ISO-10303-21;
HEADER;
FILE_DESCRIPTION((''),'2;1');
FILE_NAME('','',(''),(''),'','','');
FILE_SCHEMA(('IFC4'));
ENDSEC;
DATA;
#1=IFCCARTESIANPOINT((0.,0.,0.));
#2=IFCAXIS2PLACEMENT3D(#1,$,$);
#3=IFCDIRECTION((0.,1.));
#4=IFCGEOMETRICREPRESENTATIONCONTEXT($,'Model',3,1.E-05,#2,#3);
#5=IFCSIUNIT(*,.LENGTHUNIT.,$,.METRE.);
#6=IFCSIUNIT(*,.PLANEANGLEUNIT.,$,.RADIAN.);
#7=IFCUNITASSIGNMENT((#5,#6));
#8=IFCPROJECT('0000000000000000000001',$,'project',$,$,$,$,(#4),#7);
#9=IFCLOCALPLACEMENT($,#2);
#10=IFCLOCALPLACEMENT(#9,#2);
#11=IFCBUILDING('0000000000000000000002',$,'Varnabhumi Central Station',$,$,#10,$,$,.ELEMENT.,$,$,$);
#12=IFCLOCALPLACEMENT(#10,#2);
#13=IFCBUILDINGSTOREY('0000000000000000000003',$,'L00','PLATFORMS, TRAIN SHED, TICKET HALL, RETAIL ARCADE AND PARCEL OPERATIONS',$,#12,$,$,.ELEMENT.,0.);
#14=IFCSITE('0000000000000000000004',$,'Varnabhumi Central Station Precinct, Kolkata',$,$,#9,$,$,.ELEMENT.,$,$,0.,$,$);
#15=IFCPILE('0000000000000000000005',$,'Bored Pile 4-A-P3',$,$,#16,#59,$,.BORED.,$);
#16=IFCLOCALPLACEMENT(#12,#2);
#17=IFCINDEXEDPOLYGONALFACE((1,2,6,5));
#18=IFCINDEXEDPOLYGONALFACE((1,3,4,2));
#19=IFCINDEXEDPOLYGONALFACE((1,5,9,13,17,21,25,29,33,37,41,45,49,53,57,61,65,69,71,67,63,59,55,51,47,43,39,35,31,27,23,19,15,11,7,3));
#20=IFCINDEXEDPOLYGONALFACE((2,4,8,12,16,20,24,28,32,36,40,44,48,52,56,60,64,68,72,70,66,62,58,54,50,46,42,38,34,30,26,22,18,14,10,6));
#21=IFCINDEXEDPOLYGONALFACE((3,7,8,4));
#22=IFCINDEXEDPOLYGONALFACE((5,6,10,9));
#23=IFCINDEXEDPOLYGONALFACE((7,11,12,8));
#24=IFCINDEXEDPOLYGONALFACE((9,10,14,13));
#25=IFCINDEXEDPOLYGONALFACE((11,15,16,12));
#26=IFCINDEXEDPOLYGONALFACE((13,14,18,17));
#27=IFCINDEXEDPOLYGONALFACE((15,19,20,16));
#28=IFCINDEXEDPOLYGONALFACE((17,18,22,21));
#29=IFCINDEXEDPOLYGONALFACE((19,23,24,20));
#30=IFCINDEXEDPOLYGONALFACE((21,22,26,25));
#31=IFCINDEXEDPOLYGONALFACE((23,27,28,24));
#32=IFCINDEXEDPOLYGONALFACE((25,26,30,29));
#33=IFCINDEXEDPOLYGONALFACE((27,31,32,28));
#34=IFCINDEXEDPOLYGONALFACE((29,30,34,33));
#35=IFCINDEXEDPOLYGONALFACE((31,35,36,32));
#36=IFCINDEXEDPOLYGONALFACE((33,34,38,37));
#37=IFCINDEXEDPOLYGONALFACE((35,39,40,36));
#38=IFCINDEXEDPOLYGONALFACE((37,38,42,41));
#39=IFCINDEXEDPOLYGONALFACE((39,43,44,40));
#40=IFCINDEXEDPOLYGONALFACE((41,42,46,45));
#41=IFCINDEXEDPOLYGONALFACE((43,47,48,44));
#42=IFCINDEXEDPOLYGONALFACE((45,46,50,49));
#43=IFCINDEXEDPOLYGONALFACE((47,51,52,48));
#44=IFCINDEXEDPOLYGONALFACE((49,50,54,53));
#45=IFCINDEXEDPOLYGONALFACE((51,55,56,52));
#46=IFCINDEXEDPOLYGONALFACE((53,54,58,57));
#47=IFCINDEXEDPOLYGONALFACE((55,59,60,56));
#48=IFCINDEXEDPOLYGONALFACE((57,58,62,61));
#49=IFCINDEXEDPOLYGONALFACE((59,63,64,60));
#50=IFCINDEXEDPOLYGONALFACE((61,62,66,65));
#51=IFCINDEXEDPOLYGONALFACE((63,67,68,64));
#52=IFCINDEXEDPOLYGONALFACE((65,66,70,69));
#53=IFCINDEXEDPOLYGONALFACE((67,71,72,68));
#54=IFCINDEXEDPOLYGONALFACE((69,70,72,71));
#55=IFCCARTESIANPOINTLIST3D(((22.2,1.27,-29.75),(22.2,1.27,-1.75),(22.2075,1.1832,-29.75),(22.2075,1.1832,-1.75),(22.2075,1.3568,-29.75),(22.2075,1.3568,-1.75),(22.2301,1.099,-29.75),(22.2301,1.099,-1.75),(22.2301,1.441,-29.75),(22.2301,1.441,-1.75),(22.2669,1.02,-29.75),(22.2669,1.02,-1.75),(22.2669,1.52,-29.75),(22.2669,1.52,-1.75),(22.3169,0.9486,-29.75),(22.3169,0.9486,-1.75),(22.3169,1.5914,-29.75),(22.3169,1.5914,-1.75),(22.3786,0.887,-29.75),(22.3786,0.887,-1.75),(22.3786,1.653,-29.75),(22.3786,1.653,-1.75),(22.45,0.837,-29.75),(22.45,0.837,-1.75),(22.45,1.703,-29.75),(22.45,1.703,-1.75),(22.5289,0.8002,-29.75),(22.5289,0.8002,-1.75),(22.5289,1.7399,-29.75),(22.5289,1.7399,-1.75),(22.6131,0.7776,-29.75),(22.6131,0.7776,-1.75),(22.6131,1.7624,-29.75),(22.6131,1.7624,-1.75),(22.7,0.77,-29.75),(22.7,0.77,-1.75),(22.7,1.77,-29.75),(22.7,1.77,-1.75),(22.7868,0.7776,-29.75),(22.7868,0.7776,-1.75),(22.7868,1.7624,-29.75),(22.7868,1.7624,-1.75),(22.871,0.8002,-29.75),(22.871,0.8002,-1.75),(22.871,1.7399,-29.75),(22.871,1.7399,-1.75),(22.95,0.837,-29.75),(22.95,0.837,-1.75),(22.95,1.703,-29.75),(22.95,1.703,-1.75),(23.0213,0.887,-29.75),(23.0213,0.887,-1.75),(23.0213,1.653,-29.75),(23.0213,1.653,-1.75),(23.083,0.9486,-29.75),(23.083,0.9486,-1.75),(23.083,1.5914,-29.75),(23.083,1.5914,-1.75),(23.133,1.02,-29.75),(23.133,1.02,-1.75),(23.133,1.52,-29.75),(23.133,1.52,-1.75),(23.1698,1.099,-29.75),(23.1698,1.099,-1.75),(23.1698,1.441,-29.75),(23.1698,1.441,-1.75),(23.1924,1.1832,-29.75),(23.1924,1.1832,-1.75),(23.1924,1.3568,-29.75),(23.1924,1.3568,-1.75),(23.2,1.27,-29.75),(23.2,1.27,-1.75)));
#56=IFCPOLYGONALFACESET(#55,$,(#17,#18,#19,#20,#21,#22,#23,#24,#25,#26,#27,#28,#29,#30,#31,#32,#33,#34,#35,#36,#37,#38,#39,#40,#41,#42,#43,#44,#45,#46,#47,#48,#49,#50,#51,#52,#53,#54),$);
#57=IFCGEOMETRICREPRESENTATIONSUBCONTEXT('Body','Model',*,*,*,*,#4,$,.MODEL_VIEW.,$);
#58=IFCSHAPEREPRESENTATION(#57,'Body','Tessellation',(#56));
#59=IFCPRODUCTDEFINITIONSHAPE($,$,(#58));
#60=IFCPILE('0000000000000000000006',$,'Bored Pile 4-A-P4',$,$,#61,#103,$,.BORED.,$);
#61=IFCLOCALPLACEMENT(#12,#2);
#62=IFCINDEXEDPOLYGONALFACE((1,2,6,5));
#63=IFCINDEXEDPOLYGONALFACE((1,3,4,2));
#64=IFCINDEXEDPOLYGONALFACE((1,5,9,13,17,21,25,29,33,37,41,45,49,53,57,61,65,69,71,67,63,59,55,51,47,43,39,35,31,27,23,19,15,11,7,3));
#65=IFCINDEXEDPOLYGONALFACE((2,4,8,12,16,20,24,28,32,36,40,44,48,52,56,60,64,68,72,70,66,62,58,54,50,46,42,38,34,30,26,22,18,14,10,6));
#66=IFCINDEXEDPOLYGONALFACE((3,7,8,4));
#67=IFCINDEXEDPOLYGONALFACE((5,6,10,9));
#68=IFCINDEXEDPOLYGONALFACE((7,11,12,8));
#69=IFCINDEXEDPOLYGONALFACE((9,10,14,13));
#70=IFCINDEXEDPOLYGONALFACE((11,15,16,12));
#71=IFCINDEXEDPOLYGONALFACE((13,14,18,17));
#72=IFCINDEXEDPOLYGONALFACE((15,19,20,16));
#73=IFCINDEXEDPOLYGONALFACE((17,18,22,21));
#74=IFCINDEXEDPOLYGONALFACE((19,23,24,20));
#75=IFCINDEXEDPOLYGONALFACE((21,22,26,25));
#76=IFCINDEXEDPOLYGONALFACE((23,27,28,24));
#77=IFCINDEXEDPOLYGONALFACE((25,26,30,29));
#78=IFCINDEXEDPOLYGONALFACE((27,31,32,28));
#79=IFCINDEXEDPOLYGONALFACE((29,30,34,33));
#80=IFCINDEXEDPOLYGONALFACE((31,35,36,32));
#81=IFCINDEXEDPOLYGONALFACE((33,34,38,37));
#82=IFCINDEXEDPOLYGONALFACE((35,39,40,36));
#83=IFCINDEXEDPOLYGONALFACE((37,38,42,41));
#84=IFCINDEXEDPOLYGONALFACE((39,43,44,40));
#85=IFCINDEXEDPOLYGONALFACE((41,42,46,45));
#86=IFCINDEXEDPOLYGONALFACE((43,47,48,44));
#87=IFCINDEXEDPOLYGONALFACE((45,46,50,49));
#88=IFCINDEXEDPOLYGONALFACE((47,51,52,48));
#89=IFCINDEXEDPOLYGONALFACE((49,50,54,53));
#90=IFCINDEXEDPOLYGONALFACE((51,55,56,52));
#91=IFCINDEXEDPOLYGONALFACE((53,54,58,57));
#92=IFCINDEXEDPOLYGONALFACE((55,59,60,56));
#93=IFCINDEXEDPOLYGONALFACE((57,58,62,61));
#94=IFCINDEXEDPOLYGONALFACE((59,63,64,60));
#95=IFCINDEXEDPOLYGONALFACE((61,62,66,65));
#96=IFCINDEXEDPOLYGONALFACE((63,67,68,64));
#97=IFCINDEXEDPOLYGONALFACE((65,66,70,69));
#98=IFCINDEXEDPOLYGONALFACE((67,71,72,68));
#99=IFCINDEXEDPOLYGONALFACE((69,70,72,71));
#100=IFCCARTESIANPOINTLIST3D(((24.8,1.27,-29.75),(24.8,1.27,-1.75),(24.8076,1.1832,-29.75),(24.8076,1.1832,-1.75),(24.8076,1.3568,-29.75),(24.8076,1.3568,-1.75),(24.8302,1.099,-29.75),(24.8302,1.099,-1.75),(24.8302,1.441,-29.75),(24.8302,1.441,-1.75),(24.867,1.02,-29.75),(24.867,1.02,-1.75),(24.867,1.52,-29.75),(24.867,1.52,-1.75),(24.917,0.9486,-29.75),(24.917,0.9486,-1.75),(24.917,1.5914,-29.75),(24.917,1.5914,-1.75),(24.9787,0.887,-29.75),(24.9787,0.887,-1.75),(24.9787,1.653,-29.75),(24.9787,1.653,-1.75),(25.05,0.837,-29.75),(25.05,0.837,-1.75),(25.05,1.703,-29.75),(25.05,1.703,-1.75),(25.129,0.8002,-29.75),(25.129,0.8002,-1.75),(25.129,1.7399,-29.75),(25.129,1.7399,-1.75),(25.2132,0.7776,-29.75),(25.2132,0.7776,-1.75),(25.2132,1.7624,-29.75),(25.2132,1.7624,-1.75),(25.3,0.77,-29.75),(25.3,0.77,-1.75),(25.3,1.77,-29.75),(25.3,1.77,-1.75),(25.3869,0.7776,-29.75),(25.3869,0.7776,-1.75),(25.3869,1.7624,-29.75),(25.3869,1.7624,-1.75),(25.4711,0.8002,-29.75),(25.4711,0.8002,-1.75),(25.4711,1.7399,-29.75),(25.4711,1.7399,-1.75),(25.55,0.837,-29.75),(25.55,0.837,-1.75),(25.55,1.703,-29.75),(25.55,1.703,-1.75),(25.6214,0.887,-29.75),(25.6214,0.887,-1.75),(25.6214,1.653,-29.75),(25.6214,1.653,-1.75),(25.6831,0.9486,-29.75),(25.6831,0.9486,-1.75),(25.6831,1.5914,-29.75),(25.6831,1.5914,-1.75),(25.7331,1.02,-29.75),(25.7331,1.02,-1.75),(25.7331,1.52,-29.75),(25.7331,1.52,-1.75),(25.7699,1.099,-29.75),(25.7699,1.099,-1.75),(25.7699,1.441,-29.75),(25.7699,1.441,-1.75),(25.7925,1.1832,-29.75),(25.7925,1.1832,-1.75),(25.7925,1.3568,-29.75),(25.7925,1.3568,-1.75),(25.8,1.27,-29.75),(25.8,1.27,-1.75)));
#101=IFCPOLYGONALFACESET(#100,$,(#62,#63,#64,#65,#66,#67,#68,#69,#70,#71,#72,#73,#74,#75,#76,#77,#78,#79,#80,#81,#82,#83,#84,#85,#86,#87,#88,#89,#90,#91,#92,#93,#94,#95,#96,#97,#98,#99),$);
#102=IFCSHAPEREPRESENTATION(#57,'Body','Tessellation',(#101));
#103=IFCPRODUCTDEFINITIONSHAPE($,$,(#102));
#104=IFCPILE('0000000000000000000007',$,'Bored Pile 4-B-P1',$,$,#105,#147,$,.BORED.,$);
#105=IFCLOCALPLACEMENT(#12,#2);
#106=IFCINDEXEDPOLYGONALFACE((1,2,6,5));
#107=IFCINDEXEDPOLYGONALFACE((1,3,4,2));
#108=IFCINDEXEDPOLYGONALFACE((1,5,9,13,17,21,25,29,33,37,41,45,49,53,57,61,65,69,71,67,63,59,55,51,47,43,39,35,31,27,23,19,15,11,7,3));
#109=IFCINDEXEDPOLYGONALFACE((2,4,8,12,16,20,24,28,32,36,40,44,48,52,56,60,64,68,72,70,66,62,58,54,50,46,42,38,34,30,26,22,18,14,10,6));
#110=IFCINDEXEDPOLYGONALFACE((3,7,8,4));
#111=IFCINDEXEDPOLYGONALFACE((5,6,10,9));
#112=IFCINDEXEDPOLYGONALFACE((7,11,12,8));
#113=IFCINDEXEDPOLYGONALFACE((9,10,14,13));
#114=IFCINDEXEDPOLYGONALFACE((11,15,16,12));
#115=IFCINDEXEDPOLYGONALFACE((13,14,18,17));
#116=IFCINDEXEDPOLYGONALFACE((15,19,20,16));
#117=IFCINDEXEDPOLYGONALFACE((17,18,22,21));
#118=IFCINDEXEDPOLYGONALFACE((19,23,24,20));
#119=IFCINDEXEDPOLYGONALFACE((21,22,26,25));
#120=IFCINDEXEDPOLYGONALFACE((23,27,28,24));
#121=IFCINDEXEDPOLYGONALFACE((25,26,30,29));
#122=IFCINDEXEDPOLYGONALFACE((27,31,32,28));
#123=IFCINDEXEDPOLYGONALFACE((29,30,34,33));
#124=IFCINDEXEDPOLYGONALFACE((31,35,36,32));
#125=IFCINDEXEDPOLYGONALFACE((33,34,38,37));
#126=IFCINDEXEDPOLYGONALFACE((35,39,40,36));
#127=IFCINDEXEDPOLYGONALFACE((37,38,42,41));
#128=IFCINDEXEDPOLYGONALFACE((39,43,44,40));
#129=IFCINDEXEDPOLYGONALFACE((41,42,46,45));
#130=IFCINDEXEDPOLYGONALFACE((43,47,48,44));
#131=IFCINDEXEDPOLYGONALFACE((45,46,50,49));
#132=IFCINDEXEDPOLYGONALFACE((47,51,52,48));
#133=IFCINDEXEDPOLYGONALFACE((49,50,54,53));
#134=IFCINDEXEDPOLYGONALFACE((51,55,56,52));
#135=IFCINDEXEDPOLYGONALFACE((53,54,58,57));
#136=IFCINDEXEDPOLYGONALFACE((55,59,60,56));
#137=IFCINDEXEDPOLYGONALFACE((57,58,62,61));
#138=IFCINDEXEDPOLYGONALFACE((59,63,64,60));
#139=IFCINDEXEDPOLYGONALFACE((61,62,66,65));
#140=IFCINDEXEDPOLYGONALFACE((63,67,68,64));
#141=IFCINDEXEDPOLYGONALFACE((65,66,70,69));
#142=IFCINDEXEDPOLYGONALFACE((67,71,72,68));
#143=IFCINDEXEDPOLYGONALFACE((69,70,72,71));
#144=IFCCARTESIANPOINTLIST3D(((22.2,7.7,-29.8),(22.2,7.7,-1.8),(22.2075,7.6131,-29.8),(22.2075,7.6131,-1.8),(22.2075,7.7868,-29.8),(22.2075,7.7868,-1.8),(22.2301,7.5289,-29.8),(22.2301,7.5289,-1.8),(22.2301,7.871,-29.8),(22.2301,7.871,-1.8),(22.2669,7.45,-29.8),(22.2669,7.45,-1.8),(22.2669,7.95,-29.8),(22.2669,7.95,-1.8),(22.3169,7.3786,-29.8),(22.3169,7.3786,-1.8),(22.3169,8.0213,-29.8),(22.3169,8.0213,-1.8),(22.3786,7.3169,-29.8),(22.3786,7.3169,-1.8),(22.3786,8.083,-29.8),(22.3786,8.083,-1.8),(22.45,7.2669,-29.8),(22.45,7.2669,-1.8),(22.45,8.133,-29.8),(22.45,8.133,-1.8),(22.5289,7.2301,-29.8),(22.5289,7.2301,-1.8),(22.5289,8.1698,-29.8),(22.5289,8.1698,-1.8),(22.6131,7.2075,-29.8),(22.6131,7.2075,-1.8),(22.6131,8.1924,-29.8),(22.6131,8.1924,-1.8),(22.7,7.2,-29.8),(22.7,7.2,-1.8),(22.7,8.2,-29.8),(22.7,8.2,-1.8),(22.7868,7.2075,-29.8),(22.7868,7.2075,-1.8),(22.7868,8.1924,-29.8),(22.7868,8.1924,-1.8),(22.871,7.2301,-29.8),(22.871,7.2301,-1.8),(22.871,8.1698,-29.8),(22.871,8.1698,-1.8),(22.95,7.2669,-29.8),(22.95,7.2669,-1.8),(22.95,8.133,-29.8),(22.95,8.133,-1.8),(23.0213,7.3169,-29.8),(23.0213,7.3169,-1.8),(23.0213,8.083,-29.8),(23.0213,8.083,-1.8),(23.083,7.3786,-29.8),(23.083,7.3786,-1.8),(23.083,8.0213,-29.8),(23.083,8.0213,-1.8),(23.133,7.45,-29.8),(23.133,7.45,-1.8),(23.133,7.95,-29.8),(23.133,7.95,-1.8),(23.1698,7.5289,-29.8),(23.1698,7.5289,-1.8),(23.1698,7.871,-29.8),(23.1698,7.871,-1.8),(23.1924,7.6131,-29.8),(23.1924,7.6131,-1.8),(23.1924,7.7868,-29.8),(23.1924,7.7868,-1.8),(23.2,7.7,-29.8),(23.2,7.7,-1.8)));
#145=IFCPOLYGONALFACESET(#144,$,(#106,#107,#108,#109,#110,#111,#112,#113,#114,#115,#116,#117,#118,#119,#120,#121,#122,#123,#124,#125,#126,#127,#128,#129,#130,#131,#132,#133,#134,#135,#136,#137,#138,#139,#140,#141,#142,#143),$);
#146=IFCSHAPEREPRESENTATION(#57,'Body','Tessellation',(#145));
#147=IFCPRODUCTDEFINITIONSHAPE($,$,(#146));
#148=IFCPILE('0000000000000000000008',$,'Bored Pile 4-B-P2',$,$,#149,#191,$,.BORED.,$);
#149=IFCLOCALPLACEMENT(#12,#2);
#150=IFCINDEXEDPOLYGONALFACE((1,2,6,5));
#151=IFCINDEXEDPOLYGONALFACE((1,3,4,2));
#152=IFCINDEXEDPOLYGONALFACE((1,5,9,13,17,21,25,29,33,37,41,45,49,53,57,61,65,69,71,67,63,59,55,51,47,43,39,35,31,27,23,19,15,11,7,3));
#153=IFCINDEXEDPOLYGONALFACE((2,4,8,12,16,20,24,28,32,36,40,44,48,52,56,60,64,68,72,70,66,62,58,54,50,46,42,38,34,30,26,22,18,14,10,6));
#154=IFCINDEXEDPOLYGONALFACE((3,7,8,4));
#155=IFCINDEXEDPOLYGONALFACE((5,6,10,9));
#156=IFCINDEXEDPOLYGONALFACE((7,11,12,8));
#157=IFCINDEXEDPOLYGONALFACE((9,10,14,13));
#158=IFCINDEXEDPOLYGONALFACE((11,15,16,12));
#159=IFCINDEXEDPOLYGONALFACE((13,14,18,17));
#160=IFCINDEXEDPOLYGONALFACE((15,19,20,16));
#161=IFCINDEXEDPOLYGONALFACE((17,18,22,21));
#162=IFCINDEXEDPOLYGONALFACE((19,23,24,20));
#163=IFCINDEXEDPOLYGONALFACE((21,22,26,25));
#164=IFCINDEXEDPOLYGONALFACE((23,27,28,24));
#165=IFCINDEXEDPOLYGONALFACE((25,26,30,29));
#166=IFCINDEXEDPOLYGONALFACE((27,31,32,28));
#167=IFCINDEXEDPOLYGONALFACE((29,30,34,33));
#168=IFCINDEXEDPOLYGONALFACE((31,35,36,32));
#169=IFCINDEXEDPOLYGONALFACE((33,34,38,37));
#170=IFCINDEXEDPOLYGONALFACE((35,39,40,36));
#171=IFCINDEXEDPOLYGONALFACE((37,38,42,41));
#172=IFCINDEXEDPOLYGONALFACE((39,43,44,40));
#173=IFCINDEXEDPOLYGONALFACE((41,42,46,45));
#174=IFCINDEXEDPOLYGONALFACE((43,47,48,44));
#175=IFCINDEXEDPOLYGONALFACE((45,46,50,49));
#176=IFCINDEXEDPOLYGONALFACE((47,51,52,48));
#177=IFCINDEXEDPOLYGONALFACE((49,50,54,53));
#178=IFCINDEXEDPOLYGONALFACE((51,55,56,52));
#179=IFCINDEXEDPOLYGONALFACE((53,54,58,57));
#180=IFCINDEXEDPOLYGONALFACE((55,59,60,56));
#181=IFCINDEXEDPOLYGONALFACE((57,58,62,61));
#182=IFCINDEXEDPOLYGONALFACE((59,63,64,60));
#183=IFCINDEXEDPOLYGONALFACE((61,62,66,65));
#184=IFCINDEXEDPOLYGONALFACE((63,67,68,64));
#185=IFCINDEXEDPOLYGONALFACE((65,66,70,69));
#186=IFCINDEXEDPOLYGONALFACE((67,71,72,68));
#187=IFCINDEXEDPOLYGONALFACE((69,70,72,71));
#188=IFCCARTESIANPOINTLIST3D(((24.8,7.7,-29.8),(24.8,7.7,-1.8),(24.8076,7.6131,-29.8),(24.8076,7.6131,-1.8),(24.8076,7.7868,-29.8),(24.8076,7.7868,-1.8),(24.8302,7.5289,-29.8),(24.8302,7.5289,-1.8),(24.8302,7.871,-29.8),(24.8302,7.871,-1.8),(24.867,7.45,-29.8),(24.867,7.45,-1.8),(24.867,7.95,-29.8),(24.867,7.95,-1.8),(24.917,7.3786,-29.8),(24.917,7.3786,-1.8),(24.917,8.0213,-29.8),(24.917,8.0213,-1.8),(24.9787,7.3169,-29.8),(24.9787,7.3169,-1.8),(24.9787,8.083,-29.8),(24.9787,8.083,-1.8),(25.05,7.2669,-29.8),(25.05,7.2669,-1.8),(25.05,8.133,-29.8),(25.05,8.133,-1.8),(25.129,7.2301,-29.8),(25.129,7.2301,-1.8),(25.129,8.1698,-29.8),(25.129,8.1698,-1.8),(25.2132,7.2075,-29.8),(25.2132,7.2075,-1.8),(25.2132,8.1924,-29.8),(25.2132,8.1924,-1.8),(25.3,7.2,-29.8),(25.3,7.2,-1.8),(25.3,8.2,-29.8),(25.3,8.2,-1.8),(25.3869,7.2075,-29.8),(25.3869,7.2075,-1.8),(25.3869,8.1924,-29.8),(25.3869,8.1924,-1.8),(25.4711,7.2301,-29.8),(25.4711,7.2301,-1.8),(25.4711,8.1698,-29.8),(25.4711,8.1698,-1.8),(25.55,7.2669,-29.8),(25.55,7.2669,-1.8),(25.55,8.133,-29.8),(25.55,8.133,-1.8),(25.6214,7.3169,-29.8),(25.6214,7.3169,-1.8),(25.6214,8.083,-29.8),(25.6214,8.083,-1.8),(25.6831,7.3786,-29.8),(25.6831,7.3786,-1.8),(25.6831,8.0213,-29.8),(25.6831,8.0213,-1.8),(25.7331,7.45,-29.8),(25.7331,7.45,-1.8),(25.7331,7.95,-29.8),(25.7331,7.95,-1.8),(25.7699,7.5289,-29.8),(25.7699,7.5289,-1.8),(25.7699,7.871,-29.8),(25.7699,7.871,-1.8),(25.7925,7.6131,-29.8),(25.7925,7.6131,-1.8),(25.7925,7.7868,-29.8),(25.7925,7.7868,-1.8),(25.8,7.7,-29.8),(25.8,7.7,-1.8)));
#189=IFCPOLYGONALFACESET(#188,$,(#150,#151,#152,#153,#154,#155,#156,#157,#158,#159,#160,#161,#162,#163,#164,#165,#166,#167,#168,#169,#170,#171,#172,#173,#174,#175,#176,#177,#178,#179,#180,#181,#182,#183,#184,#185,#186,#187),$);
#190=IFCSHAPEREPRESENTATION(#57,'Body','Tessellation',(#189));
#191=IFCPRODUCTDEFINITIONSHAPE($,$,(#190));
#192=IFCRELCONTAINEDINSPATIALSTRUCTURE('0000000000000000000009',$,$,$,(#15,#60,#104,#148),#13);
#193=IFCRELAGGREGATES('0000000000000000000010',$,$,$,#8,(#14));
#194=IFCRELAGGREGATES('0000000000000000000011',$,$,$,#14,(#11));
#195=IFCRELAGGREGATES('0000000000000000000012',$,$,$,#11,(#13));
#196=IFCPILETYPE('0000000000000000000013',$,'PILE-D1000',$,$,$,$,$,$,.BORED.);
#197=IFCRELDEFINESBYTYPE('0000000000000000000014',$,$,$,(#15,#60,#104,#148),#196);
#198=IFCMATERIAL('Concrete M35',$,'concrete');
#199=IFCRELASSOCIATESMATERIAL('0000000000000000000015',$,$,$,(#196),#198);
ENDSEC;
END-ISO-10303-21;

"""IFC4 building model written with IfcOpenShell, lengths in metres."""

from ifc_helpers import new_model, si_unit, direction, frame, origin, origin_2d, place, context, subcontext, project, spatial, circle, extrude, material, material_profile, profile_set, type_object, element, save


model = new_model("IFC4")

# Units and contexts
model_context = context("Model", 3, precision=1e-05, world=origin(), true_north=direction((0.0, 1.0)))
body_context = subcontext(model_context, "Body", "Model", "MODEL_VIEW")
ifc_project = project(units=[si_unit("LENGTHUNIT", "METRE"), si_unit("PLANEANGLEUNIT", "RADIAN")], contexts=[model_context])

# Site, building, storey
site_placement = place(None, origin())
site = spatial("IfcSite", under=ifc_project, at=site_placement, Name="Varnabhumi Central Station Precinct, Kolkata", CompositionType="ELEMENT", RefElevation=0.0)
building_placement = place(site_placement, origin())
building = spatial("IfcBuilding", under=site, at=building_placement, Name="Varnabhumi Central Station", CompositionType="ELEMENT")
storey_placement = place(building_placement, origin())
storey = spatial("IfcBuildingStorey", under=building, at=storey_placement, Name="L00", Description="PLATFORMS, TRAIN SHED, TICKET HALL, RETAIL ARCADE AND PARCEL OPERATIONS", CompositionType="ELEMENT", Elevation=0.0)

# Piles
ifc_material_1 = material(Name="Concrete M35", Category="concrete")
ifc_material_profile_1 = material_profile(ifc_material_1, circle(Radius=0.5, at=origin_2d()), Name="Concrete M35", Category="concrete")
ifc_profile_set_1 = profile_set([ifc_material_profile_1], Name="Concrete M35")
pile_type = type_object("IfcPileType", Name="PILE-D1000", PredefinedType="BORED", material=ifc_profile_set_1)
for number, where, z_axis, x_axis, name in (
    (1, (22.7, 1.27, -1.75), (0.0, 0.0, -1.0), (1.0, 0.0, 0.0), "Bored Pile 4-A-P3"),
    (2, (25.3, 1.27, -1.75), (0.0, 0.0, -1.0), (1.0, 0.0, 0.0), "Bored Pile 4-A-P4"),
    (3, (22.7, 7.7, -1.8), (0.0, 0.0, -1.0), (1.0, 0.0, 0.0), "Bored Pile 4-B-P1"),
    (4, (25.3, 7.7, -1.8), (0.0, 0.0, -1.0), (1.0, 0.0, 0.0), "Bored Pile 4-B-P2"),
):
    element("IfcPile", number, at=place(storey_placement, frame(where, z_axis=z_axis, x_axis=x_axis)), inside=storey, type_object=pile_type, Name=name, PredefinedType="BORED", context=body_context, shape_type="SweptSolid", body=[
        extrude(circle(Radius=0.5, at=origin_2d()), origin(), (0.0, 0.0, 1.0), 28.0),
    ])

save(model, "model.ifc")
